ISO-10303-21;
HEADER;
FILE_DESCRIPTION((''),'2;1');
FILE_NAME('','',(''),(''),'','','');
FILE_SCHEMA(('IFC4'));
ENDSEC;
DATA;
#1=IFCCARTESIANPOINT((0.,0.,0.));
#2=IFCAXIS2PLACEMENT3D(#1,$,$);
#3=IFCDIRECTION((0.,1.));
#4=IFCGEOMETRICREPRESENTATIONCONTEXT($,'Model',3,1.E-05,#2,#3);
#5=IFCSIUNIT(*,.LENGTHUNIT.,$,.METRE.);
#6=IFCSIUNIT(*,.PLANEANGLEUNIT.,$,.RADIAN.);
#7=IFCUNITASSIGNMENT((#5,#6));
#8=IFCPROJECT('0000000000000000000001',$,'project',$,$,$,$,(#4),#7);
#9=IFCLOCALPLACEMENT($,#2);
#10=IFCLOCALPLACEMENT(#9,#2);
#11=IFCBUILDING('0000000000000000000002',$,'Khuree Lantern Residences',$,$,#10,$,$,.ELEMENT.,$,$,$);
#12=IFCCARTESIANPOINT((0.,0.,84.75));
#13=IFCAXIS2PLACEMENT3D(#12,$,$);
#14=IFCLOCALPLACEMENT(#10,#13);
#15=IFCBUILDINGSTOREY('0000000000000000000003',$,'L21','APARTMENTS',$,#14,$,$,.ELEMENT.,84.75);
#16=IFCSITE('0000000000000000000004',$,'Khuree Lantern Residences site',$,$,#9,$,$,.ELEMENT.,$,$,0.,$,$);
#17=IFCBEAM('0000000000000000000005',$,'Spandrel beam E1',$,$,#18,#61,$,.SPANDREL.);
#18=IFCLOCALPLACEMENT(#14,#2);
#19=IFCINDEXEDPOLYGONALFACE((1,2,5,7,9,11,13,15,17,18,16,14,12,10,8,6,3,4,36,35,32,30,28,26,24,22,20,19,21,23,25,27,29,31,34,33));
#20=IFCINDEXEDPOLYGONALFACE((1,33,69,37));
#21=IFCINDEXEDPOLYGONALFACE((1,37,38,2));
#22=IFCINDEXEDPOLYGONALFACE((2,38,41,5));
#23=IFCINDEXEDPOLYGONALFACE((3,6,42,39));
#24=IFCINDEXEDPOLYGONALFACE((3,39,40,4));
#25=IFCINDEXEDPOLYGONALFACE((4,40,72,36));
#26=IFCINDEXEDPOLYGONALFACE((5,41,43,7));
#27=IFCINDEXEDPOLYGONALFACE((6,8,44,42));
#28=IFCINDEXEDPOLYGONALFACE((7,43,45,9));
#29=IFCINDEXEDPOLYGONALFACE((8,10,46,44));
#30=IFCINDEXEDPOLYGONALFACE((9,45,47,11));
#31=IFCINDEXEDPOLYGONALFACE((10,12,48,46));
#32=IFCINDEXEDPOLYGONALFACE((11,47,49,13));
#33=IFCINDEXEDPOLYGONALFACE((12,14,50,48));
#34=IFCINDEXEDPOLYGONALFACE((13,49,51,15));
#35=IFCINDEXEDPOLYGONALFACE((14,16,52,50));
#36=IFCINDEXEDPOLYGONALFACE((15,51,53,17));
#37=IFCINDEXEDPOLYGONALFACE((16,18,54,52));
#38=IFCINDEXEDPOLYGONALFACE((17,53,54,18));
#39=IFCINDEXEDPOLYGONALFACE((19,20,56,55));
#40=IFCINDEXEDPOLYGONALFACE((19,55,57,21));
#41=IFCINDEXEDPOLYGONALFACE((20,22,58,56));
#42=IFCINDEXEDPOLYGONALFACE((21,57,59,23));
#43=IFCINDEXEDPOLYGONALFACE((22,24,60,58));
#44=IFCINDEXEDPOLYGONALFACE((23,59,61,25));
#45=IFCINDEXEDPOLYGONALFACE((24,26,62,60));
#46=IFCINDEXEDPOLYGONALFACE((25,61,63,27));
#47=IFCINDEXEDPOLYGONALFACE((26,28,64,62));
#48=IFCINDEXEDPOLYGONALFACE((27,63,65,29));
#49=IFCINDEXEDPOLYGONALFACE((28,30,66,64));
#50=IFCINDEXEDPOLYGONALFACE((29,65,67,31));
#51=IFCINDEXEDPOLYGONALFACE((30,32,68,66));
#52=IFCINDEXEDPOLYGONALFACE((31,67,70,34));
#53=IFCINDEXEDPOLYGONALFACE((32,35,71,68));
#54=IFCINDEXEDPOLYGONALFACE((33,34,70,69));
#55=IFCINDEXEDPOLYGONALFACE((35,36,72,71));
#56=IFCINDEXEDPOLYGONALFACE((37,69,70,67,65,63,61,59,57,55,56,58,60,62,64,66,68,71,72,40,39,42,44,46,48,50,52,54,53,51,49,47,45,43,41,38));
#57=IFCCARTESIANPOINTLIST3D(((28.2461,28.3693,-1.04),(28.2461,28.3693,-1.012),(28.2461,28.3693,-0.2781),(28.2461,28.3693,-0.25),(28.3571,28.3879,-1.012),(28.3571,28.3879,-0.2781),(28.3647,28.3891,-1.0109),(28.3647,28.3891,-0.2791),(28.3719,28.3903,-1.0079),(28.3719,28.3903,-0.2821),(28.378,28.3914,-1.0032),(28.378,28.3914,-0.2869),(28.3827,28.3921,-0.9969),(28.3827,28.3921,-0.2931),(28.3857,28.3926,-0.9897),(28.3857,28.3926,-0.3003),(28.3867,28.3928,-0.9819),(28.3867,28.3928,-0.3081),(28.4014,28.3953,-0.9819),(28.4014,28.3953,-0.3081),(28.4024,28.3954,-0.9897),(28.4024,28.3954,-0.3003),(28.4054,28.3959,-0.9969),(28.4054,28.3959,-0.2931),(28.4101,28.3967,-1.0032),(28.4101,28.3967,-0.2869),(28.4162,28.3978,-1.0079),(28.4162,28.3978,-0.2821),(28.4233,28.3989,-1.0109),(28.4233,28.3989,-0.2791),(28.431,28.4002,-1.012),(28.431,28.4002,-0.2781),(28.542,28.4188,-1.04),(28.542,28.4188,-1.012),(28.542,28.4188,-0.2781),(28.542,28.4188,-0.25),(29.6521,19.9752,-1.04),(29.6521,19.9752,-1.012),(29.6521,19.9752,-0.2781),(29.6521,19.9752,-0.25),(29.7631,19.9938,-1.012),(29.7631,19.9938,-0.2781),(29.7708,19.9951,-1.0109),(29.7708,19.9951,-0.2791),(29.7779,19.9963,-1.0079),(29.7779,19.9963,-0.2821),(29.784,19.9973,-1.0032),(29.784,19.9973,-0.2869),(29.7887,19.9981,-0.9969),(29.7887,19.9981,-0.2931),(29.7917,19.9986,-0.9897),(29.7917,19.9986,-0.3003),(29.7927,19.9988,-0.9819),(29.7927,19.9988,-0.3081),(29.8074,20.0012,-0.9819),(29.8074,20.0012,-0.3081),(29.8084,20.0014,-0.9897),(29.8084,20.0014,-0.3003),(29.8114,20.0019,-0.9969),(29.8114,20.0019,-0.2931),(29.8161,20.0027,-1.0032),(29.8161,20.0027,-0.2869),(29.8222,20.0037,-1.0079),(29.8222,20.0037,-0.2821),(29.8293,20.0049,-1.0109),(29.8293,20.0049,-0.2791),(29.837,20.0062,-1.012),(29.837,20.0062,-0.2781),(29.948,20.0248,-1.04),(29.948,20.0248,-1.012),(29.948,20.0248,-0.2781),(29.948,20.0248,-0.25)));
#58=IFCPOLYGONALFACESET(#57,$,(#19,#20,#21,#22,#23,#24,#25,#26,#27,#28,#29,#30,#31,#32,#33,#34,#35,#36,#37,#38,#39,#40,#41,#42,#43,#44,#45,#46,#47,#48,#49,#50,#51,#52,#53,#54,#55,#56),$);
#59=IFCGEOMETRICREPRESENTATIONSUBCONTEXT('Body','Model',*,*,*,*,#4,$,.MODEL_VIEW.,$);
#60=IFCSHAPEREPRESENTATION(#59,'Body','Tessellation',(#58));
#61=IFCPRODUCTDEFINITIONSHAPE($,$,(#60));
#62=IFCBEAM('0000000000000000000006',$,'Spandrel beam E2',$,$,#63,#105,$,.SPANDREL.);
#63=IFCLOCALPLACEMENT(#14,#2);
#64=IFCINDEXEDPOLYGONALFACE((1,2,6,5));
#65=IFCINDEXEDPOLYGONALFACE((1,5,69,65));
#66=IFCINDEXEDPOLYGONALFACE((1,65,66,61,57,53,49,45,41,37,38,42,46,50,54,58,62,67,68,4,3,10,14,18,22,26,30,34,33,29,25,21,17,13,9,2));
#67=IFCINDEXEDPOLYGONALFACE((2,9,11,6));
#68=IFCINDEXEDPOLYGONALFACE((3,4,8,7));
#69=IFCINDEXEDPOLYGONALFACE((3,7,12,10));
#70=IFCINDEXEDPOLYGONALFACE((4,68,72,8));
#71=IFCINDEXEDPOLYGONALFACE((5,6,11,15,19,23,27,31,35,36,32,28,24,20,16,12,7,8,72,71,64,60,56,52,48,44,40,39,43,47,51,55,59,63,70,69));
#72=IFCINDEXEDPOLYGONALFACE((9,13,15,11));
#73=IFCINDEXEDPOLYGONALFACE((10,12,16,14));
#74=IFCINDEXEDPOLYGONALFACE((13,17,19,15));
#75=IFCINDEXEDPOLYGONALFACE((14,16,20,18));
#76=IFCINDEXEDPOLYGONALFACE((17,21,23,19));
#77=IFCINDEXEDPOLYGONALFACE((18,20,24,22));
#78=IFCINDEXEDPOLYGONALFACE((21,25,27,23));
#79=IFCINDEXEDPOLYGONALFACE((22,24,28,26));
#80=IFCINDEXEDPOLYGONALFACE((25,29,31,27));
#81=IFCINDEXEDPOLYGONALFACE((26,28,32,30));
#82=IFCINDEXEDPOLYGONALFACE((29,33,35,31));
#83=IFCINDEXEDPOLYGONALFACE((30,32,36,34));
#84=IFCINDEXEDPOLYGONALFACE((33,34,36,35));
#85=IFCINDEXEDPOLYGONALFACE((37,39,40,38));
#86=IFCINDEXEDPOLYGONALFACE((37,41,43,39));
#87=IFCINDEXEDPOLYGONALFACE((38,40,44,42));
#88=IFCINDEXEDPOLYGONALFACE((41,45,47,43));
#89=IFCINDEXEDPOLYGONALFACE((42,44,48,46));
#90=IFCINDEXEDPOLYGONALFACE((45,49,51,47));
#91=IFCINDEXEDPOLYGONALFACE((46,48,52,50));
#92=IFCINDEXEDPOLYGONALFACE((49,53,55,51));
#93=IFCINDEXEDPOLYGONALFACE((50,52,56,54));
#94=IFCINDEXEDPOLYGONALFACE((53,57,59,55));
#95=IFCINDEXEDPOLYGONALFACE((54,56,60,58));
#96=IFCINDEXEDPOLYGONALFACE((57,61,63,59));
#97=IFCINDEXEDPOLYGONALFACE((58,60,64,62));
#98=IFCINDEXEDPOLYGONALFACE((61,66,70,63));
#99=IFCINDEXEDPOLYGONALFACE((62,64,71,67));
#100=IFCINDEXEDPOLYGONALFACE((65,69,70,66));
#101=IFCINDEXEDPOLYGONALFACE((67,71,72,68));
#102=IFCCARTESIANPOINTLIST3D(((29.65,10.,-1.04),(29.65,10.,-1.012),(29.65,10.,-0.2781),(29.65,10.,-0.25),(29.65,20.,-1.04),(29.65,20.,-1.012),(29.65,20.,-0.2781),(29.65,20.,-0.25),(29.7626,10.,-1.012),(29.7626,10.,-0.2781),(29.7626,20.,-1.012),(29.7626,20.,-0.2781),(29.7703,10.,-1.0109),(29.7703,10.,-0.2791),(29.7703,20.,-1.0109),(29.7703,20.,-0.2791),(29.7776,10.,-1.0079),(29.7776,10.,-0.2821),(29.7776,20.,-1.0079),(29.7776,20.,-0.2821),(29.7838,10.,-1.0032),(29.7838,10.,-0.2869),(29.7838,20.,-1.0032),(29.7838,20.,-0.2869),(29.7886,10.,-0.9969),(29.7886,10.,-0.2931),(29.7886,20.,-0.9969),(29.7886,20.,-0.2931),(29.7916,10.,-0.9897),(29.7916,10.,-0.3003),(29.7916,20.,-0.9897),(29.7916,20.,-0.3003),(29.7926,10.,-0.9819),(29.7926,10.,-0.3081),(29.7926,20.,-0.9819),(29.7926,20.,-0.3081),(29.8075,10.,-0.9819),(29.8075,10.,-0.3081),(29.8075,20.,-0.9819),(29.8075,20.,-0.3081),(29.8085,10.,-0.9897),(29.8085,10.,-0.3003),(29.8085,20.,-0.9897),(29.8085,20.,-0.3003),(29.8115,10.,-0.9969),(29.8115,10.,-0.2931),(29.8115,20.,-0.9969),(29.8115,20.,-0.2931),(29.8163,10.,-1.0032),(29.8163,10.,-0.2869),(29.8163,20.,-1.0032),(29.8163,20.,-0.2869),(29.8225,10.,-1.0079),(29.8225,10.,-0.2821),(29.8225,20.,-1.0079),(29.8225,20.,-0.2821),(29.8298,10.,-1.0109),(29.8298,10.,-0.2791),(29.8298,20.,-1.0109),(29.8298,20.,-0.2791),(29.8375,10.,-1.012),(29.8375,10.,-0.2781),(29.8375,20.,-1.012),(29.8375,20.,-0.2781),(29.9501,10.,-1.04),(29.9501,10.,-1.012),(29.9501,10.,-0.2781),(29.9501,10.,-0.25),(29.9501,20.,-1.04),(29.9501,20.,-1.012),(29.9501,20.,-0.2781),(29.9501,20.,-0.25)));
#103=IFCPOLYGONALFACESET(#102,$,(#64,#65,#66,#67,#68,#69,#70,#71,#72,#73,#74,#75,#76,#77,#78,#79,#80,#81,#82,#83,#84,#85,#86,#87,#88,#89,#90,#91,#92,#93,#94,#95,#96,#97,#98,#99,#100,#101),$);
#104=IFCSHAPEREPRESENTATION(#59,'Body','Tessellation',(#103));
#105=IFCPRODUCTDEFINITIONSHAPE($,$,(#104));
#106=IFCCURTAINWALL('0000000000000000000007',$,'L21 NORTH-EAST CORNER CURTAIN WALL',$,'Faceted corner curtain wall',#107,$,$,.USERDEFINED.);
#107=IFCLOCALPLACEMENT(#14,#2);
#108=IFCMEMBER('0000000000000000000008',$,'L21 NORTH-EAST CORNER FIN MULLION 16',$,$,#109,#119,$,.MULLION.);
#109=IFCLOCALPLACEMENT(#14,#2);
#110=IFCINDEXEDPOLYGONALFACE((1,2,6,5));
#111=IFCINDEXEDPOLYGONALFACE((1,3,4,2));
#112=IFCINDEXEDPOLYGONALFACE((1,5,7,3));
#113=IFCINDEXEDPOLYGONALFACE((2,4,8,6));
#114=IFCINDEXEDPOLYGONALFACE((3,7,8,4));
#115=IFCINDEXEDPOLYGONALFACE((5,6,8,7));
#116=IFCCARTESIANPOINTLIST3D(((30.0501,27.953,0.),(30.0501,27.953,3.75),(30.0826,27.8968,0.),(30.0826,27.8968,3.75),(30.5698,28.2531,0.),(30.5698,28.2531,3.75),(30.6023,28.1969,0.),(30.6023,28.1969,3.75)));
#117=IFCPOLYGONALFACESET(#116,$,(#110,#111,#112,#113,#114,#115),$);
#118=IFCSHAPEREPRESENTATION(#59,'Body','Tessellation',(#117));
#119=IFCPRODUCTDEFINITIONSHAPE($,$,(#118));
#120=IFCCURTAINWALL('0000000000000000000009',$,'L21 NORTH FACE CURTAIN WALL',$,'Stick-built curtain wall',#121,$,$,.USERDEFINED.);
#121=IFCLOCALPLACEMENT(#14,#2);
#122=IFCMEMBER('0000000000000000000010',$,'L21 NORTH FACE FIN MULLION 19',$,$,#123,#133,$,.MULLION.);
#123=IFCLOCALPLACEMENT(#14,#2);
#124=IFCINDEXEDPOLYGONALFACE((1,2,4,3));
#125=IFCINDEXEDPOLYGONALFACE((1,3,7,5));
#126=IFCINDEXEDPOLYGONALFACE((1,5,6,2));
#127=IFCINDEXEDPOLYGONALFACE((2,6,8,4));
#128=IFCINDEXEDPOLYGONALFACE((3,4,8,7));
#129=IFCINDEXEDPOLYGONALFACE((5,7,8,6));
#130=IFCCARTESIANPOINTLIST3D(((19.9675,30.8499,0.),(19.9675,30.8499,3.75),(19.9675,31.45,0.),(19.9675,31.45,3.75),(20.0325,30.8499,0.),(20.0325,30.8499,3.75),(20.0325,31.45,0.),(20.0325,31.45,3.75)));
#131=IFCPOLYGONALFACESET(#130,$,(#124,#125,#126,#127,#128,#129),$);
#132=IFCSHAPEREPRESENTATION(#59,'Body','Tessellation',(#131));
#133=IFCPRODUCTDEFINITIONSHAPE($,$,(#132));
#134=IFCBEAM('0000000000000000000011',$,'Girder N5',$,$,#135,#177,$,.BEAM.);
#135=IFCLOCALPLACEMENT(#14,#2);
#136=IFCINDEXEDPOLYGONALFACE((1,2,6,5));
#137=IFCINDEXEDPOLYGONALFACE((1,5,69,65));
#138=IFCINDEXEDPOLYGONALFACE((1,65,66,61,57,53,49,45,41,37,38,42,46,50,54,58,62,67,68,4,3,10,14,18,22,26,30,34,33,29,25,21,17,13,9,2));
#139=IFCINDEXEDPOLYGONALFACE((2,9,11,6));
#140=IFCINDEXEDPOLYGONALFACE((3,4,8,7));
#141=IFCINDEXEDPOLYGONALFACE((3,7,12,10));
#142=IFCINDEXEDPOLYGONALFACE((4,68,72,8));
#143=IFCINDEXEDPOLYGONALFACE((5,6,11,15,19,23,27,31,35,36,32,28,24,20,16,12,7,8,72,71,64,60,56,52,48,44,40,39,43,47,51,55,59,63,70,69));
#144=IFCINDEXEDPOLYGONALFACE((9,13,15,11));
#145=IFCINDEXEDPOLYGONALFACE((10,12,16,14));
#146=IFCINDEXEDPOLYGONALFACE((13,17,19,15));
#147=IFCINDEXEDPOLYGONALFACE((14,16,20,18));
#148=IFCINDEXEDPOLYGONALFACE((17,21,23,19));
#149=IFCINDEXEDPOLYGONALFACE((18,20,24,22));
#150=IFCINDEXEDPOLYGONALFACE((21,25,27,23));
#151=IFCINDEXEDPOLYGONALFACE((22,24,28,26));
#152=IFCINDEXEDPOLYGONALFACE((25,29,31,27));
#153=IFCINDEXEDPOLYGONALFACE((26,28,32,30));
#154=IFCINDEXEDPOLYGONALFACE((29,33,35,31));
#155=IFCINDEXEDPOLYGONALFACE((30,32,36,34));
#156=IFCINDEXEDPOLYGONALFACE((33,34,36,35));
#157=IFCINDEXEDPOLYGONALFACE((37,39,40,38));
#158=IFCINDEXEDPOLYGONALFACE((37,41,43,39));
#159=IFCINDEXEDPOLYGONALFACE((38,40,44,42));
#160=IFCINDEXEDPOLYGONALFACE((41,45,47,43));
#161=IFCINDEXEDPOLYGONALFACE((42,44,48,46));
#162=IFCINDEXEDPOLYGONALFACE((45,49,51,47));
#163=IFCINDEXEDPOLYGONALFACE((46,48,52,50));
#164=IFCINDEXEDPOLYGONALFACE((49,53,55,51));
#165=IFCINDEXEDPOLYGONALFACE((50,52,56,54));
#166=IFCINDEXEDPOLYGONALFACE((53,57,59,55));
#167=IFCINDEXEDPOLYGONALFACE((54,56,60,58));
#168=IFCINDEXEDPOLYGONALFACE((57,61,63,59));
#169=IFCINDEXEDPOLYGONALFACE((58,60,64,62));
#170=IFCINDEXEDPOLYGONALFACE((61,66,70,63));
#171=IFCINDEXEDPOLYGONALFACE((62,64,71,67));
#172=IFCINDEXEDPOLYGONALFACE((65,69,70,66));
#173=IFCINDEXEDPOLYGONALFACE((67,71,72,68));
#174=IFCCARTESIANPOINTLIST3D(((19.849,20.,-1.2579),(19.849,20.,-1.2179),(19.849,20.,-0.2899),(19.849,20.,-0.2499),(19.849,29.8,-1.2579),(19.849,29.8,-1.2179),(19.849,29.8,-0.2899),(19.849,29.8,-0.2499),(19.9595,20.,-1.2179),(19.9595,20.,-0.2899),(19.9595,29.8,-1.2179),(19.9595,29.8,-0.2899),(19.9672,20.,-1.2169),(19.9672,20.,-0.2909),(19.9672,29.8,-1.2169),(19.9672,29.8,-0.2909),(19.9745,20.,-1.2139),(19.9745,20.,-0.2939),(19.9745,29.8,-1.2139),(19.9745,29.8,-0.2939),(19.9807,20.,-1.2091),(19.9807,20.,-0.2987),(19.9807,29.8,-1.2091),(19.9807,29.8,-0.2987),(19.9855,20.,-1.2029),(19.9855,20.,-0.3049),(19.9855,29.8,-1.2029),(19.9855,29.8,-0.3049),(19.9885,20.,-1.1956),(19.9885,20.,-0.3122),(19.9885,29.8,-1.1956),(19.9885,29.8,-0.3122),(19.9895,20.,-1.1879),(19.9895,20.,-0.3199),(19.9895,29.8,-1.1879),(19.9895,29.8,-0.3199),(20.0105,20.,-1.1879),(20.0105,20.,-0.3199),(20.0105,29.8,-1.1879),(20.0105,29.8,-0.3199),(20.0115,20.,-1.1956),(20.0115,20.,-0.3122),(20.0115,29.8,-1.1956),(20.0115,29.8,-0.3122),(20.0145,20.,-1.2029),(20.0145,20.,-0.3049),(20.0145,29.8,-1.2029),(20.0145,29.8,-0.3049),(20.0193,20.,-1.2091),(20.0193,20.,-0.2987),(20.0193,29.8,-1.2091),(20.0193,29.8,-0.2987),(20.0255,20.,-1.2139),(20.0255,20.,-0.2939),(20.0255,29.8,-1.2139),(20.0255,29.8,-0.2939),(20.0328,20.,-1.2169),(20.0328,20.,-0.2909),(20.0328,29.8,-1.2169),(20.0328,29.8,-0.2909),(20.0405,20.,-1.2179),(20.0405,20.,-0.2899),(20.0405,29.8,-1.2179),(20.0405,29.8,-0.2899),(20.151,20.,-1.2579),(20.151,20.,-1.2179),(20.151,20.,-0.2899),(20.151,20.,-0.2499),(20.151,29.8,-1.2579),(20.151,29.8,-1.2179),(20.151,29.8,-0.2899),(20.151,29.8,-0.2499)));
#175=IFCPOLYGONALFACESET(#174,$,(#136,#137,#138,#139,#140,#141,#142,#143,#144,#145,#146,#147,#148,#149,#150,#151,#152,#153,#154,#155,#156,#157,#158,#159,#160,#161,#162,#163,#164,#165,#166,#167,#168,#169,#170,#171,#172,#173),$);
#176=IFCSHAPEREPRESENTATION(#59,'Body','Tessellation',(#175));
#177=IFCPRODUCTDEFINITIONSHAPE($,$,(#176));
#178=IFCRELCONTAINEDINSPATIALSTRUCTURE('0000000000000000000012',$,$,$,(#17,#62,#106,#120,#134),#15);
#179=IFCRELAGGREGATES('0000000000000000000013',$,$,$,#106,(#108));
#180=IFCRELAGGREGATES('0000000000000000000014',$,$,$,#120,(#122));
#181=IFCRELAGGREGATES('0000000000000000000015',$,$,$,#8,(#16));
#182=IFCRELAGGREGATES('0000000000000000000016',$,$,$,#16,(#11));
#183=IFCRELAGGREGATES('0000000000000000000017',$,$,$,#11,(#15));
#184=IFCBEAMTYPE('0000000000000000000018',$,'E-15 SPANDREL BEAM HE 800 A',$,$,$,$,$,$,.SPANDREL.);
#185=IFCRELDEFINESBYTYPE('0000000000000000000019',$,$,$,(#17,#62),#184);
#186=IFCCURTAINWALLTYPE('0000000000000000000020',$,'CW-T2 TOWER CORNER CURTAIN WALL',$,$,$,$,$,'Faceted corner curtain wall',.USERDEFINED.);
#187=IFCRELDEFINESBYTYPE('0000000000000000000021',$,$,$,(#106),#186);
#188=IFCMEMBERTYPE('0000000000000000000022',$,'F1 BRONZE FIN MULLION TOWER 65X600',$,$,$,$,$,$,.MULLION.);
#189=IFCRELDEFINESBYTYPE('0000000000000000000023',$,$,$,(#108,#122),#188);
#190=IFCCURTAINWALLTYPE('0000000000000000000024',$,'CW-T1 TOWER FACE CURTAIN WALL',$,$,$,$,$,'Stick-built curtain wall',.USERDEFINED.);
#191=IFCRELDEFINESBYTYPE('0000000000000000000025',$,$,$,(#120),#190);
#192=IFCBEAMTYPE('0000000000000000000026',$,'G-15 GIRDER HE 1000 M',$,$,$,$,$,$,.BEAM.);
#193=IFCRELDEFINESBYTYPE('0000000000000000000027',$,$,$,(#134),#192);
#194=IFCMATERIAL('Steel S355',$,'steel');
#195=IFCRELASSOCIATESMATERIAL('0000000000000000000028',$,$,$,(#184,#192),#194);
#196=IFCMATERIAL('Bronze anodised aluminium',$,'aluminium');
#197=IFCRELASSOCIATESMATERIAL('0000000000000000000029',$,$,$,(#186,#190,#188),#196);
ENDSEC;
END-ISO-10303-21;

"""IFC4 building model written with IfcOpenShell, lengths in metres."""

from ifc_helpers import new_model, si_unit, direction, frame, origin, origin_2d, place, context, subcontext, project, spatial, rectangle, i_section, extrude, material, material_profile, profile_set, type_object, element, aggregate, save


model = new_model("IFC4")

# Units and contexts
model_context = context("Model", 3, precision=1e-05, world=origin(), true_north=direction((0.0, 1.0)))
body_context = subcontext(model_context, "Body", "Model", "MODEL_VIEW")
ifc_project = project(units=[si_unit("LENGTHUNIT", "METRE"), si_unit("PLANEANGLEUNIT", "RADIAN")], contexts=[model_context])

# Site, building, storey
site_placement = place(None, origin())
site = spatial("IfcSite", under=ifc_project, at=site_placement, Name="Khuree Lantern Residences site", CompositionType="ELEMENT", RefElevation=0.0)
building_placement = place(site_placement, origin())
building = spatial("IfcBuilding", under=site, at=building_placement, Name="Khuree Lantern Residences", CompositionType="ELEMENT")
storey_placement = place(building_placement, frame((0.0, 0.0, 84.75)))
storey = spatial("IfcBuildingStorey", under=building, at=storey_placement, Name="L21", Description="APARTMENTS", CompositionType="ELEMENT", Elevation=84.75)

# Beams
ifc_material_1 = material(Name="Steel S355", Category="steel")
ifc_material_profile_1 = material_profile(ifc_material_1, i_section(OverallWidth=0.3, OverallDepth=0.79, WebThickness=0.0149, FlangeThickness=0.0281, FilletRadius=0.03, at=origin_2d()), Name="HE 800 A")
ifc_profile_set_1 = profile_set([ifc_material_profile_1], Name="Steel S355")
beam_type_1 = type_object("IfcBeamType", Name="E-15 SPANDREL BEAM HE 800 A", PredefinedType="SPANDREL", material=ifc_profile_set_1)
for number, where, z_axis, x_axis, name in (
    (1, (28.394, 28.394, -0.645), (0.165199, -0.98626, 0.0), (0.98626, 0.165199, 0.0), "Spandrel beam E1"),
):
    element("IfcBeam", number, at=place(storey_placement, frame(where, z_axis=z_axis, x_axis=x_axis)), inside=storey, type_object=beam_type_1, Name=name, PredefinedType="SPANDREL", context=body_context, shape_type="SweptSolid", body=[
        extrude(i_section(OverallWidth=0.3, OverallDepth=0.79, WebThickness=0.0149, FlangeThickness=0.0281, FilletRadius=0.03, at=origin_2d()), origin(), (0.0, 0.0, 1.0), 8.511),
    ])
beam_1_placement = place(storey_placement, frame((29.8, 20.0, -0.645), z_axis=(0.0, -1.0, 0.0), x_axis=(1.0, 0.0, 0.0)))
element("IfcBeam", 2, at=beam_1_placement, inside=storey, type_object=beam_type_1, Name="Spandrel beam E2", PredefinedType="SPANDREL", context=body_context, shape_type="SweptSolid", body=[
    extrude(i_section(OverallWidth=0.3, OverallDepth=0.79, WebThickness=0.0149, FlangeThickness=0.0281, FilletRadius=0.03, at=origin_2d()), origin(), (0.0, 0.0, 1.0), 10.0),
])

# Curtain walls, members
ifc_material_2 = material(Name="Bronze anodised aluminium", Category="aluminium")
curtain_wall_type_1 = type_object("IfcCurtainWallType", Name="CW-T2 TOWER CORNER CURTAIN WALL", ElementType="Faceted corner curtain wall", PredefinedType="USERDEFINED", material=ifc_material_2)
curtain_wall_1_placement = place(storey_placement, origin())
curtain_wall_1 = element("IfcCurtainWall", 3, at=curtain_wall_1_placement, inside=storey, type_object=curtain_wall_type_1, Name="L21 NORTH-EAST CORNER CURTAIN WALL", ObjectType="Faceted corner curtain wall", PredefinedType="USERDEFINED")
ifc_material_profile_2 = material_profile(ifc_material_2, rectangle(XDim=0.0649, YDim=0.6001, at=origin_2d()), Name="F1 65X600")
ifc_profile_set_2 = profile_set([ifc_material_profile_2], Name="Bronze anodised aluminium")
member_type_1 = type_object("IfcMemberType", Name="F1 BRONZE FIN MULLION TOWER 65X600", PredefinedType="MULLION", material=ifc_profile_set_2)
member_1_placement = place(storey_placement, frame((30.3262, 28.075, 0.0), z_axis=(0.0, 0.0, 1.0), x_axis=(-0.5, 0.866025, 0.0)))
member_1 = element("IfcMember", 4, at=member_1_placement, type_object=member_type_1, Name="L21 NORTH-EAST CORNER FIN MULLION 16", PredefinedType="MULLION", context=body_context, shape_type="SweptSolid", body=[
    extrude(rectangle(XDim=0.0649, YDim=0.6001, at=origin_2d()), origin(), (0.0, 0.0, 1.0), 3.75),
])
curtain_wall_type_2 = type_object("IfcCurtainWallType", Name="CW-T1 TOWER FACE CURTAIN WALL", ElementType="Stick-built curtain wall", PredefinedType="USERDEFINED", material=ifc_material_2)
curtain_wall_2_placement = place(storey_placement, origin())
curtain_wall_2 = element("IfcCurtainWall", 5, at=curtain_wall_2_placement, inside=storey, type_object=curtain_wall_type_2, Name="L21 NORTH FACE CURTAIN WALL", ObjectType="Stick-built curtain wall", PredefinedType="USERDEFINED")
member_2_placement = place(storey_placement, frame((20.0, 31.1499, 0.0), z_axis=(0.0, 0.0, 1.0), x_axis=(-1.0, 0.0, 0.0)))
member_2 = element("IfcMember", 6, at=member_2_placement, type_object=member_type_1, Name="L21 NORTH FACE FIN MULLION 19", PredefinedType="MULLION", context=body_context, shape_type="SweptSolid", body=[
    extrude(rectangle(XDim=0.0649, YDim=0.6001, at=origin_2d()), origin(), (0.0, 0.0, 1.0), 3.75),
])

# Beam
ifc_material_profile_3 = material_profile(ifc_material_1, i_section(OverallWidth=0.302, OverallDepth=1.0081, WebThickness=0.021, FlangeThickness=0.04, FilletRadius=0.03, at=origin_2d()), Name="HE 1000 M")
ifc_profile_set_3 = profile_set([ifc_material_profile_3], Name="Steel S355")
beam_type_2 = type_object("IfcBeamType", Name="G-15 GIRDER HE 1000 M", PredefinedType="BEAM", material=ifc_profile_set_3)
for number, where, z_axis, x_axis, name in (
    (7, (20.0, 29.8, -0.7539), (0.0, -1.0, 0.0), (1.0, 0.0, 0.0), "Girder N5"),
):
    element("IfcBeam", number, at=place(storey_placement, frame(where, z_axis=z_axis, x_axis=x_axis)), inside=storey, type_object=beam_type_2, Name=name, PredefinedType="BEAM", context=body_context, shape_type="SweptSolid", body=[
        extrude(i_section(OverallWidth=0.302, OverallDepth=1.0081, WebThickness=0.021, FlangeThickness=0.04, FilletRadius=0.03, at=origin_2d()), origin(), (0.0, 0.0, 1.0), 9.8),
    ])

aggregate(curtain_wall_1, [member_1])
aggregate(curtain_wall_2, [member_2])

save(model, "model.ifc")
